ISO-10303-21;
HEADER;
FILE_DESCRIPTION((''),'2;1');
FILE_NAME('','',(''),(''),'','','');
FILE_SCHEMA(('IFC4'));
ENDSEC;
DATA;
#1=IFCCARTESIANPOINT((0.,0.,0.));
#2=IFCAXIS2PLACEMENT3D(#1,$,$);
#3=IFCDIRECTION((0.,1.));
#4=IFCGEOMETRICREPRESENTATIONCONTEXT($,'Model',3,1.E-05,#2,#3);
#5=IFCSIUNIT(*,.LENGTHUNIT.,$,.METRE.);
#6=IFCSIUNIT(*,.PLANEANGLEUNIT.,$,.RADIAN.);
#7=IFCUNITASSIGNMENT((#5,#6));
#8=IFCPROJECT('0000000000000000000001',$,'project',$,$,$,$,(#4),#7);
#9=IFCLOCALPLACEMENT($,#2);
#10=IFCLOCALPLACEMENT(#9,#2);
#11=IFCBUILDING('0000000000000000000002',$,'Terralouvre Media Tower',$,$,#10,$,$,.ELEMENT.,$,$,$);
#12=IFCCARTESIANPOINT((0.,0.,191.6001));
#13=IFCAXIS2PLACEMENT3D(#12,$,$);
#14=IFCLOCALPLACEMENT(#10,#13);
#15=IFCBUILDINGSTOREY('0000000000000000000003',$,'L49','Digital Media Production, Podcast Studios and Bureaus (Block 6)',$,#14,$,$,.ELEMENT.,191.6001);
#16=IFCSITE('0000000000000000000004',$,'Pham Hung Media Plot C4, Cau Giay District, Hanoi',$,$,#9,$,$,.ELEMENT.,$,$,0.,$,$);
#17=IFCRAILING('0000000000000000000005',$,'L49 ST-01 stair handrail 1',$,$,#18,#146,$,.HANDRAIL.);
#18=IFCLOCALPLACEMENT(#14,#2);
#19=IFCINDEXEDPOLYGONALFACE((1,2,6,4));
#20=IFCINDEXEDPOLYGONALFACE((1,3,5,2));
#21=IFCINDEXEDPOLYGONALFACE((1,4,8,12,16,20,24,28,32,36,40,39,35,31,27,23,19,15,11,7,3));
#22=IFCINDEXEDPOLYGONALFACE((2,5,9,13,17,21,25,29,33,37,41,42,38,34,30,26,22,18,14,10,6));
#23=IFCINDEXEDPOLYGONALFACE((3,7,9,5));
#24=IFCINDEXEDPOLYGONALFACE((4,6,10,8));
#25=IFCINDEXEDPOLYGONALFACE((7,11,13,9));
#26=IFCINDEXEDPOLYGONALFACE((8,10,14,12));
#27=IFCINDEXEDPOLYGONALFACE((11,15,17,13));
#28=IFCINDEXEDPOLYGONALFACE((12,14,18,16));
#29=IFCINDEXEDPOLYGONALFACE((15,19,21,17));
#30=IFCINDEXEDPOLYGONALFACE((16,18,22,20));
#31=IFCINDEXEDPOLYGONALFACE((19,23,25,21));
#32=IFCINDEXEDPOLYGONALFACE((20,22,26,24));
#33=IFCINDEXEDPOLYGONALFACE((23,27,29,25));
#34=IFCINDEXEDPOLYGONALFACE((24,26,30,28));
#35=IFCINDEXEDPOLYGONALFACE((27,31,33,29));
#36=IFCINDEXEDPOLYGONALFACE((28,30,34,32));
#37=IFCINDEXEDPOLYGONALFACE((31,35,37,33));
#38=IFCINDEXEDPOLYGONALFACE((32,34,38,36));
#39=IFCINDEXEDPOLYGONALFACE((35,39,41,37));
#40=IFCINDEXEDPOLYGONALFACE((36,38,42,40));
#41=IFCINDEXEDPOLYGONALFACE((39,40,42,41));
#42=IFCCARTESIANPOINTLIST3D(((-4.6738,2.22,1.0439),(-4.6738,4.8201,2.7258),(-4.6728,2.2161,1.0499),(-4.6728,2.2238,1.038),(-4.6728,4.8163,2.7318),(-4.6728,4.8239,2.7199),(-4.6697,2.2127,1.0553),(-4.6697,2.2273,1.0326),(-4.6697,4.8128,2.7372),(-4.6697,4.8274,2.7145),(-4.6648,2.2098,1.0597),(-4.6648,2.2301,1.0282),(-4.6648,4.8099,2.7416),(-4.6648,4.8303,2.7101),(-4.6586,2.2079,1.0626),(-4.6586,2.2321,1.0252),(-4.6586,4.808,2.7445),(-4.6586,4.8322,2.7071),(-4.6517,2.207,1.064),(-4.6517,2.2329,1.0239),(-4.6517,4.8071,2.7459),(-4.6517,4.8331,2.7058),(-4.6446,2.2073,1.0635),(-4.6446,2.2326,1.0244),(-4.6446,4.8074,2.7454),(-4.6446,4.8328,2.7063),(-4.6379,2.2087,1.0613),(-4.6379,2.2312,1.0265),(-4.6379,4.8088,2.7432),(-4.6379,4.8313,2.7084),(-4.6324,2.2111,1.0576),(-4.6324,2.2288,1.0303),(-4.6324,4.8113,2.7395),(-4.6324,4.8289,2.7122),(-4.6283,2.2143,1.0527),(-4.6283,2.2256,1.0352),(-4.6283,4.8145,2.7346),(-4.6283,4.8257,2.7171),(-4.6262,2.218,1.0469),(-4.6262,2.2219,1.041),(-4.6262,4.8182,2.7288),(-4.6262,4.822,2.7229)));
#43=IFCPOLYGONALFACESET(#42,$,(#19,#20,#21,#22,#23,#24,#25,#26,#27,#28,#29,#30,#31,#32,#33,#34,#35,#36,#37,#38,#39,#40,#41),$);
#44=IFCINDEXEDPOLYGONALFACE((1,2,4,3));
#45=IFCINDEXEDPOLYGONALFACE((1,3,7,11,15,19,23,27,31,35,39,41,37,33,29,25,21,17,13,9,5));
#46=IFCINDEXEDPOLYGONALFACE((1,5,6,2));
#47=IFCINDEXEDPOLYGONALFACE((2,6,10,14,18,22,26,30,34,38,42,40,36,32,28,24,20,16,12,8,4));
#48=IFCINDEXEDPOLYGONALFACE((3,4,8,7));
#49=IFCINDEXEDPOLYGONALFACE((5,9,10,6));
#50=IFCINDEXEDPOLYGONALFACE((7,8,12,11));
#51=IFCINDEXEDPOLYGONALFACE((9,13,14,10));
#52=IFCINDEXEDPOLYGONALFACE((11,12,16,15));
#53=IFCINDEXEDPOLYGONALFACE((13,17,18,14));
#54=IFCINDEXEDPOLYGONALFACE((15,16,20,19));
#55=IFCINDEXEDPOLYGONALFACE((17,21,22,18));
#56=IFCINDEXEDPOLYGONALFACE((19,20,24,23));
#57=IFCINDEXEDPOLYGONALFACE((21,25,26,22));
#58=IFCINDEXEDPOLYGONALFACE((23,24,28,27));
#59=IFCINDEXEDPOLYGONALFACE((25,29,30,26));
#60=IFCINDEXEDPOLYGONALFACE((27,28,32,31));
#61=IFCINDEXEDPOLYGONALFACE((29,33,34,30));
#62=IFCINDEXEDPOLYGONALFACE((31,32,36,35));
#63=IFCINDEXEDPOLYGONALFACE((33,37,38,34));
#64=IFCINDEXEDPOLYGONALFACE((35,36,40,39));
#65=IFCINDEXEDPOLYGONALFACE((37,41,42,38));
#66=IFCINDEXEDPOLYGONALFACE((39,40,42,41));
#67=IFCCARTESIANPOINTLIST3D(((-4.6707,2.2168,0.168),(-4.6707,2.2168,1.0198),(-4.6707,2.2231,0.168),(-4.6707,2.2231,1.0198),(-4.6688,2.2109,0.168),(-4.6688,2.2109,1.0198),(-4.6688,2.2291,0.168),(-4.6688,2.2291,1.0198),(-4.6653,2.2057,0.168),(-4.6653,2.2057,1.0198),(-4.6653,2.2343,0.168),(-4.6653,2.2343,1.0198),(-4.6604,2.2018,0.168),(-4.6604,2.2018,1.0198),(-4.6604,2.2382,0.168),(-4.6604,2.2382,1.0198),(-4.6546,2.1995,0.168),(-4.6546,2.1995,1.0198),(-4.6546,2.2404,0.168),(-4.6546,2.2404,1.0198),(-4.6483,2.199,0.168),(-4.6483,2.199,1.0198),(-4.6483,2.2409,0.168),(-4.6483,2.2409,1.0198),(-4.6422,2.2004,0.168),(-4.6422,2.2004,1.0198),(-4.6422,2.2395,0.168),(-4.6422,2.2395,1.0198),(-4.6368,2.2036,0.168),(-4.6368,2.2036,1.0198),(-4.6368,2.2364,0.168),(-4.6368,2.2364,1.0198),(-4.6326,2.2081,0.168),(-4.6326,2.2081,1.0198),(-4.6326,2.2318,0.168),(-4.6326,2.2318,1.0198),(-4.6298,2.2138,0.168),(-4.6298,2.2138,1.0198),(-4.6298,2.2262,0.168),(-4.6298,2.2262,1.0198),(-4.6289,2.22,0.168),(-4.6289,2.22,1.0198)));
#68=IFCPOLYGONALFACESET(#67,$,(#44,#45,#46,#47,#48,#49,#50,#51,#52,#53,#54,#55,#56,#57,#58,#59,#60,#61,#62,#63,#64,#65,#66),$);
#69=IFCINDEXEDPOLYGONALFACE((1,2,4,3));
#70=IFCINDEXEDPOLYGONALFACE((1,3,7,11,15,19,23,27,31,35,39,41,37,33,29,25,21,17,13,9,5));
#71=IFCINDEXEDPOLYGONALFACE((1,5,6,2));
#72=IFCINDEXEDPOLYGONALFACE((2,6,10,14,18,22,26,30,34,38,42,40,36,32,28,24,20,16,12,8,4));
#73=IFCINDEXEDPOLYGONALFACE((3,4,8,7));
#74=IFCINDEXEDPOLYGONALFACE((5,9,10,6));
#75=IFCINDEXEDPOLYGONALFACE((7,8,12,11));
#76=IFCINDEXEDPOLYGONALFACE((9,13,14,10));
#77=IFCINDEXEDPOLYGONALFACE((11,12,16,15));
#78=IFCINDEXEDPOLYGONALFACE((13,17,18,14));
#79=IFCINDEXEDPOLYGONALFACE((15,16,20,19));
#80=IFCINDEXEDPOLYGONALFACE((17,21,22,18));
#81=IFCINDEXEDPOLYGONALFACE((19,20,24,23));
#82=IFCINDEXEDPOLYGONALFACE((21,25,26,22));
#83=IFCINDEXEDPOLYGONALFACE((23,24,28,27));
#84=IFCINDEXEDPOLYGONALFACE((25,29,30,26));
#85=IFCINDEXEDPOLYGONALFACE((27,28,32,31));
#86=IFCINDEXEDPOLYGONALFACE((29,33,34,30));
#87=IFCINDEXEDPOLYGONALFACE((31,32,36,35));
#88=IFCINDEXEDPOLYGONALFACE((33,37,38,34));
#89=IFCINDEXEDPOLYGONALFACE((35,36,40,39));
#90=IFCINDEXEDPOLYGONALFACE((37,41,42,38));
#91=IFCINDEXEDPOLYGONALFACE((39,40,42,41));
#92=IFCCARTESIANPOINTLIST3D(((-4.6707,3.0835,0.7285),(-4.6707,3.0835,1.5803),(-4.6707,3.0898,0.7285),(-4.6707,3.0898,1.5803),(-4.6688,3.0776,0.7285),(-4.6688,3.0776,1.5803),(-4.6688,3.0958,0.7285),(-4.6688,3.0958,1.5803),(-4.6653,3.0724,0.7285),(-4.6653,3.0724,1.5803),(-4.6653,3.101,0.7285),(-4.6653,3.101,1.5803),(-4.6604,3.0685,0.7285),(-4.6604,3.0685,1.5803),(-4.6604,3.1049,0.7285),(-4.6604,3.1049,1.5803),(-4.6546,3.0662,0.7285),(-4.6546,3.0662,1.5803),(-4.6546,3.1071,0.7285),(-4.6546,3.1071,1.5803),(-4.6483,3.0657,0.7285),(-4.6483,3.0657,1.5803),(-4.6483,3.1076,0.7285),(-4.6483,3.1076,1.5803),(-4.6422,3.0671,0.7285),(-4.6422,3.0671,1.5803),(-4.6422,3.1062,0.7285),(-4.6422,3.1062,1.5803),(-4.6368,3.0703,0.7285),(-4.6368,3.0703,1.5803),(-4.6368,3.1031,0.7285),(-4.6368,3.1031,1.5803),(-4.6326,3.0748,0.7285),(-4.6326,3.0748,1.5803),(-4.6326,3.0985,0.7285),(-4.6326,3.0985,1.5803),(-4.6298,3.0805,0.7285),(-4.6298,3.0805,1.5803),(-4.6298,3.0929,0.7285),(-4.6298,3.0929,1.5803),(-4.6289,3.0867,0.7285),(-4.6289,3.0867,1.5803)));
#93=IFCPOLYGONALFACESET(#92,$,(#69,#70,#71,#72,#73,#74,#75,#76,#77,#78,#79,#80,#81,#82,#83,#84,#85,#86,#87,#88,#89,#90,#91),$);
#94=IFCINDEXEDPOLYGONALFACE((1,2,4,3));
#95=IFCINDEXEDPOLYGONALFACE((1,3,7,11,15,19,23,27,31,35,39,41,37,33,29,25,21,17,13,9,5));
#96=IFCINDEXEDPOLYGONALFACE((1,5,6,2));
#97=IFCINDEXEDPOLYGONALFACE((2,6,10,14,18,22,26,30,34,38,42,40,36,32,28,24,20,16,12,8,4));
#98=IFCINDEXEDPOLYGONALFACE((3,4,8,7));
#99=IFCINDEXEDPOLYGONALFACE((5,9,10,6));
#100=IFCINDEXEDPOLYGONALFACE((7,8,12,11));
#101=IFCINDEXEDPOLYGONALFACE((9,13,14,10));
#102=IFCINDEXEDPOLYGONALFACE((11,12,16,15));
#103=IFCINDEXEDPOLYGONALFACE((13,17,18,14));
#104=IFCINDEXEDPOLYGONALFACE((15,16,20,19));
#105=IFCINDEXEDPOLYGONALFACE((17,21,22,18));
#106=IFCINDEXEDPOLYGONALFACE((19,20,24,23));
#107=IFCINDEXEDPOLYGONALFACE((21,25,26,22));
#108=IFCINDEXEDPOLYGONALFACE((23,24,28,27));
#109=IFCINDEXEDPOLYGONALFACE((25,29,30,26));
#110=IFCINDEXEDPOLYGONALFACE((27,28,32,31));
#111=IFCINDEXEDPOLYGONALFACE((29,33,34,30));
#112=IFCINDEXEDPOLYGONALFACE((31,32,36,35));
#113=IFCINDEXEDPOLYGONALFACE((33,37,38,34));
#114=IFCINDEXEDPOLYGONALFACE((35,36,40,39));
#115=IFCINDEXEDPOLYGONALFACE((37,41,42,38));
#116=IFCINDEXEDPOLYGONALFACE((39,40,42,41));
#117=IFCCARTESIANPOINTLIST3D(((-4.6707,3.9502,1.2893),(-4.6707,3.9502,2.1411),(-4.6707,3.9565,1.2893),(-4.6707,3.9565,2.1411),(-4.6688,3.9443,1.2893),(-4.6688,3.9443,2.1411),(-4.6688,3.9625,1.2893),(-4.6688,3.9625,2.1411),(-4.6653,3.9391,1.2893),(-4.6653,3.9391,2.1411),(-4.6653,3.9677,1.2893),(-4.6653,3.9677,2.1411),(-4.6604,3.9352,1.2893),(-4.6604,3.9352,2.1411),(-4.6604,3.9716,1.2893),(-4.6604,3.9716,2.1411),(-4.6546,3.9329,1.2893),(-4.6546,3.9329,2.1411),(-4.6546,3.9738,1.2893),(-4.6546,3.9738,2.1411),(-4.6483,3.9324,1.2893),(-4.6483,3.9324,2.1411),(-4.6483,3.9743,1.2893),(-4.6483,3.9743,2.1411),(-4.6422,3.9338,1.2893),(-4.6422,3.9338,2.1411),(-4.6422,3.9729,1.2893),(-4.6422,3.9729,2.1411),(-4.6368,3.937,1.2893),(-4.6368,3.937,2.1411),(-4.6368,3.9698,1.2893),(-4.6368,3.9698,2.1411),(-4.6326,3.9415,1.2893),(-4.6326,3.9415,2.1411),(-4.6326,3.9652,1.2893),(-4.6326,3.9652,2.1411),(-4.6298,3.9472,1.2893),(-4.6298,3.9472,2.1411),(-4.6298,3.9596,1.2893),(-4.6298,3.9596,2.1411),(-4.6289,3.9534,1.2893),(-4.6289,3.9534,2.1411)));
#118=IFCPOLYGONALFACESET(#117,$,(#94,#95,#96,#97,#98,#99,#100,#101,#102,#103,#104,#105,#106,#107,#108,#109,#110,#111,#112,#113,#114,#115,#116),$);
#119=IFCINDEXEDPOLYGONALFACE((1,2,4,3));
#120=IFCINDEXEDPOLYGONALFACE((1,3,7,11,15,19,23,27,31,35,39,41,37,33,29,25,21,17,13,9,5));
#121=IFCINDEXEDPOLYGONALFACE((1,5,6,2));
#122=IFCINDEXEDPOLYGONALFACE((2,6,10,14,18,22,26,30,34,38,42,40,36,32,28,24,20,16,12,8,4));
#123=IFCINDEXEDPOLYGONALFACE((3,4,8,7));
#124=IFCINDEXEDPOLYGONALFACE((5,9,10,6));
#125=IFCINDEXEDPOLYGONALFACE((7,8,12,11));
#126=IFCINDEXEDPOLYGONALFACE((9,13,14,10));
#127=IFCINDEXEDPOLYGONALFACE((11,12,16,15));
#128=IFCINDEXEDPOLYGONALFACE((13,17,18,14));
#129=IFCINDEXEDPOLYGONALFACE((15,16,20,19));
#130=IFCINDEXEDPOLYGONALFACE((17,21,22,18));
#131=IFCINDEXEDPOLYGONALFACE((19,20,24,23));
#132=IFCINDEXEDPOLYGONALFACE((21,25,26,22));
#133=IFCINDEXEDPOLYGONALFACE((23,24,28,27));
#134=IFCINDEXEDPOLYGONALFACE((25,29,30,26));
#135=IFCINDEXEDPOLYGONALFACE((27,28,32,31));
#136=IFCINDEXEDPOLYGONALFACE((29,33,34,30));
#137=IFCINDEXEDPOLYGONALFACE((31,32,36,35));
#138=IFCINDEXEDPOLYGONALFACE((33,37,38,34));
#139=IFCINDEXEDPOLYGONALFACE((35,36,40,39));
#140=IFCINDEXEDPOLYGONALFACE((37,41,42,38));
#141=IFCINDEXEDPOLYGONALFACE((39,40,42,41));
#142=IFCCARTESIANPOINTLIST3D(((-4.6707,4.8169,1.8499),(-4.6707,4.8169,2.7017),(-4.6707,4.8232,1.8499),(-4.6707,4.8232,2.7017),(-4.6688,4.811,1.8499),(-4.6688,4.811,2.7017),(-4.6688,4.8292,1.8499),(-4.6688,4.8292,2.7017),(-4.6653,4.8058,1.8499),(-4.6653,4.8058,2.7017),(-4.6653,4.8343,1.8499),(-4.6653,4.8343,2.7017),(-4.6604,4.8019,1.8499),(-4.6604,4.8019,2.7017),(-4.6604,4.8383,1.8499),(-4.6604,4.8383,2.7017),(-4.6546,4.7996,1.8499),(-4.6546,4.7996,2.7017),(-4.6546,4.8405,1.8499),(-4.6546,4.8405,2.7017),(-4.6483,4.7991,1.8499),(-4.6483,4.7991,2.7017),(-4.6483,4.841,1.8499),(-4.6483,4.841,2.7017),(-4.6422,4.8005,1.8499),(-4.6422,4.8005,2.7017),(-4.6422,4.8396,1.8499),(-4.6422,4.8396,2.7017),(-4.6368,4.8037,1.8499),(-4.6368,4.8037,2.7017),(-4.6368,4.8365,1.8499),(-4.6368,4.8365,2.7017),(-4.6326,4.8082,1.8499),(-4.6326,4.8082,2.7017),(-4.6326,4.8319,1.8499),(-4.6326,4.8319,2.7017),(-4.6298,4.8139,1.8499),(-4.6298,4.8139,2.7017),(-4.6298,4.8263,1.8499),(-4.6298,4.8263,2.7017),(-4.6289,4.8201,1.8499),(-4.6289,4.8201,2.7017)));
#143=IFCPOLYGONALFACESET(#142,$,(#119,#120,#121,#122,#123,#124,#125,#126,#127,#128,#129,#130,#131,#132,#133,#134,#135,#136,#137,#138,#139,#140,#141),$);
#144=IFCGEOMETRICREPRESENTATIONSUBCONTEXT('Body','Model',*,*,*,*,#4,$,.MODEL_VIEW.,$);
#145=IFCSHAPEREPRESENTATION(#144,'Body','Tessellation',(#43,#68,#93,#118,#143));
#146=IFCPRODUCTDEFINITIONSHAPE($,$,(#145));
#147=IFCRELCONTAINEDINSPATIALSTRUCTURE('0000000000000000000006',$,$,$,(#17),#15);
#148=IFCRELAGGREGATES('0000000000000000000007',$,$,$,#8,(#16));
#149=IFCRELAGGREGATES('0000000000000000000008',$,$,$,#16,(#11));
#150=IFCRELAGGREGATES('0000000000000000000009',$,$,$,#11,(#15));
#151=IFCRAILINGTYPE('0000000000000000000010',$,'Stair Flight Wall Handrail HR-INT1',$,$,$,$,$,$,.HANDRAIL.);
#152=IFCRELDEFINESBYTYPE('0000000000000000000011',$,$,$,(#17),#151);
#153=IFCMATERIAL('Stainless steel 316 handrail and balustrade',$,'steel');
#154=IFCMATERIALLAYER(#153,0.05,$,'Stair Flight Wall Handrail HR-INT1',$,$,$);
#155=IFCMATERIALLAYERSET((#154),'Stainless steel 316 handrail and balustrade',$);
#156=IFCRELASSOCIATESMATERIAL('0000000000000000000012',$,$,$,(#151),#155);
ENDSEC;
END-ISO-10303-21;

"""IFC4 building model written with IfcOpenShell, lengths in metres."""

from ifc_helpers import new_model, si_unit, direction, frame, origin, origin_2d, place, context, subcontext, project, spatial, circle, extrude, material, layer, layer_set, type_object, element, save


model = new_model("IFC4")

# Units and contexts
model_context = context("Model", 3, precision=1e-05, world=origin(), true_north=direction((0.0, 1.0)))
body_context = subcontext(model_context, "Body", "Model", "MODEL_VIEW")
ifc_project = project(units=[si_unit("LENGTHUNIT", "METRE"), si_unit("PLANEANGLEUNIT", "RADIAN")], contexts=[model_context])

# Site, building, storey
site_placement = place(None, origin())
site = spatial("IfcSite", under=ifc_project, at=site_placement, Name="Pham Hung Media Plot C4, Cau Giay District, Hanoi", CompositionType="ELEMENT", RefElevation=0.0)
building_placement = place(site_placement, origin())
building = spatial("IfcBuilding", under=site, at=building_placement, Name="Terralouvre Media Tower", CompositionType="ELEMENT")
storey_placement = place(building_placement, frame((0.0, 0.0, 191.6001)))
storey = spatial("IfcBuildingStorey", under=building, at=storey_placement, Name="L49", Description="Digital Media Production, Podcast Studios and Bureaus (Block 6)", CompositionType="ELEMENT", Elevation=191.6001)

# Railing
ifc_material_1 = material(Name="Stainless steel 316 handrail and balustrade", Category="steel")
ifc_layer_1 = layer(ifc_material_1, 0.05, Name="Stair Flight Wall Handrail HR-INT1")
ifc_layer_set_1 = layer_set([ifc_layer_1], Name="Stainless steel 316 handrail and balustrade")
railing_type_1 = type_object("IfcRailingType", Name="Stair Flight Wall Handrail HR-INT1", PredefinedType="HANDRAIL", material=ifc_layer_set_1)
railing_1_placement = place(storey_placement, frame((-4.6499, 2.22, 0.168)))
element("IfcRailing", 1, at=railing_1_placement, inside=storey, type_object=railing_type_1, Name="L49 ST-01 stair handrail 1", PredefinedType="HANDRAIL", context=body_context, shape_type="SweptSolid", body=[
    extrude(circle(Radius=0.0239, at=origin_2d()), frame((0.0, 0.0, 0.876), z_axis=(0.0, 0.839648, 0.54313), x_axis=(-1.0, 0.0, 0.0)), (0.0, 0.0, 1.0), 3.0967),
    extrude(circle(Radius=0.021, at=origin_2d()), origin(), (0.0, 0.0, 1.0), 0.8518),
    extrude(circle(Radius=0.021, at=origin_2d()), frame((0.0, 0.8667, 0.5605)), (0.0, 0.0, 1.0), 0.8518),
    extrude(circle(Radius=0.021, at=origin_2d()), frame((0.0, 1.7334, 1.1213)), (0.0, 0.0, 1.0), 0.8518),
    extrude(circle(Radius=0.021, at=origin_2d()), frame((0.0, 2.6001, 1.6819)), (0.0, 0.0, 1.0), 0.8518),
])

save(model, "model.ifc")
